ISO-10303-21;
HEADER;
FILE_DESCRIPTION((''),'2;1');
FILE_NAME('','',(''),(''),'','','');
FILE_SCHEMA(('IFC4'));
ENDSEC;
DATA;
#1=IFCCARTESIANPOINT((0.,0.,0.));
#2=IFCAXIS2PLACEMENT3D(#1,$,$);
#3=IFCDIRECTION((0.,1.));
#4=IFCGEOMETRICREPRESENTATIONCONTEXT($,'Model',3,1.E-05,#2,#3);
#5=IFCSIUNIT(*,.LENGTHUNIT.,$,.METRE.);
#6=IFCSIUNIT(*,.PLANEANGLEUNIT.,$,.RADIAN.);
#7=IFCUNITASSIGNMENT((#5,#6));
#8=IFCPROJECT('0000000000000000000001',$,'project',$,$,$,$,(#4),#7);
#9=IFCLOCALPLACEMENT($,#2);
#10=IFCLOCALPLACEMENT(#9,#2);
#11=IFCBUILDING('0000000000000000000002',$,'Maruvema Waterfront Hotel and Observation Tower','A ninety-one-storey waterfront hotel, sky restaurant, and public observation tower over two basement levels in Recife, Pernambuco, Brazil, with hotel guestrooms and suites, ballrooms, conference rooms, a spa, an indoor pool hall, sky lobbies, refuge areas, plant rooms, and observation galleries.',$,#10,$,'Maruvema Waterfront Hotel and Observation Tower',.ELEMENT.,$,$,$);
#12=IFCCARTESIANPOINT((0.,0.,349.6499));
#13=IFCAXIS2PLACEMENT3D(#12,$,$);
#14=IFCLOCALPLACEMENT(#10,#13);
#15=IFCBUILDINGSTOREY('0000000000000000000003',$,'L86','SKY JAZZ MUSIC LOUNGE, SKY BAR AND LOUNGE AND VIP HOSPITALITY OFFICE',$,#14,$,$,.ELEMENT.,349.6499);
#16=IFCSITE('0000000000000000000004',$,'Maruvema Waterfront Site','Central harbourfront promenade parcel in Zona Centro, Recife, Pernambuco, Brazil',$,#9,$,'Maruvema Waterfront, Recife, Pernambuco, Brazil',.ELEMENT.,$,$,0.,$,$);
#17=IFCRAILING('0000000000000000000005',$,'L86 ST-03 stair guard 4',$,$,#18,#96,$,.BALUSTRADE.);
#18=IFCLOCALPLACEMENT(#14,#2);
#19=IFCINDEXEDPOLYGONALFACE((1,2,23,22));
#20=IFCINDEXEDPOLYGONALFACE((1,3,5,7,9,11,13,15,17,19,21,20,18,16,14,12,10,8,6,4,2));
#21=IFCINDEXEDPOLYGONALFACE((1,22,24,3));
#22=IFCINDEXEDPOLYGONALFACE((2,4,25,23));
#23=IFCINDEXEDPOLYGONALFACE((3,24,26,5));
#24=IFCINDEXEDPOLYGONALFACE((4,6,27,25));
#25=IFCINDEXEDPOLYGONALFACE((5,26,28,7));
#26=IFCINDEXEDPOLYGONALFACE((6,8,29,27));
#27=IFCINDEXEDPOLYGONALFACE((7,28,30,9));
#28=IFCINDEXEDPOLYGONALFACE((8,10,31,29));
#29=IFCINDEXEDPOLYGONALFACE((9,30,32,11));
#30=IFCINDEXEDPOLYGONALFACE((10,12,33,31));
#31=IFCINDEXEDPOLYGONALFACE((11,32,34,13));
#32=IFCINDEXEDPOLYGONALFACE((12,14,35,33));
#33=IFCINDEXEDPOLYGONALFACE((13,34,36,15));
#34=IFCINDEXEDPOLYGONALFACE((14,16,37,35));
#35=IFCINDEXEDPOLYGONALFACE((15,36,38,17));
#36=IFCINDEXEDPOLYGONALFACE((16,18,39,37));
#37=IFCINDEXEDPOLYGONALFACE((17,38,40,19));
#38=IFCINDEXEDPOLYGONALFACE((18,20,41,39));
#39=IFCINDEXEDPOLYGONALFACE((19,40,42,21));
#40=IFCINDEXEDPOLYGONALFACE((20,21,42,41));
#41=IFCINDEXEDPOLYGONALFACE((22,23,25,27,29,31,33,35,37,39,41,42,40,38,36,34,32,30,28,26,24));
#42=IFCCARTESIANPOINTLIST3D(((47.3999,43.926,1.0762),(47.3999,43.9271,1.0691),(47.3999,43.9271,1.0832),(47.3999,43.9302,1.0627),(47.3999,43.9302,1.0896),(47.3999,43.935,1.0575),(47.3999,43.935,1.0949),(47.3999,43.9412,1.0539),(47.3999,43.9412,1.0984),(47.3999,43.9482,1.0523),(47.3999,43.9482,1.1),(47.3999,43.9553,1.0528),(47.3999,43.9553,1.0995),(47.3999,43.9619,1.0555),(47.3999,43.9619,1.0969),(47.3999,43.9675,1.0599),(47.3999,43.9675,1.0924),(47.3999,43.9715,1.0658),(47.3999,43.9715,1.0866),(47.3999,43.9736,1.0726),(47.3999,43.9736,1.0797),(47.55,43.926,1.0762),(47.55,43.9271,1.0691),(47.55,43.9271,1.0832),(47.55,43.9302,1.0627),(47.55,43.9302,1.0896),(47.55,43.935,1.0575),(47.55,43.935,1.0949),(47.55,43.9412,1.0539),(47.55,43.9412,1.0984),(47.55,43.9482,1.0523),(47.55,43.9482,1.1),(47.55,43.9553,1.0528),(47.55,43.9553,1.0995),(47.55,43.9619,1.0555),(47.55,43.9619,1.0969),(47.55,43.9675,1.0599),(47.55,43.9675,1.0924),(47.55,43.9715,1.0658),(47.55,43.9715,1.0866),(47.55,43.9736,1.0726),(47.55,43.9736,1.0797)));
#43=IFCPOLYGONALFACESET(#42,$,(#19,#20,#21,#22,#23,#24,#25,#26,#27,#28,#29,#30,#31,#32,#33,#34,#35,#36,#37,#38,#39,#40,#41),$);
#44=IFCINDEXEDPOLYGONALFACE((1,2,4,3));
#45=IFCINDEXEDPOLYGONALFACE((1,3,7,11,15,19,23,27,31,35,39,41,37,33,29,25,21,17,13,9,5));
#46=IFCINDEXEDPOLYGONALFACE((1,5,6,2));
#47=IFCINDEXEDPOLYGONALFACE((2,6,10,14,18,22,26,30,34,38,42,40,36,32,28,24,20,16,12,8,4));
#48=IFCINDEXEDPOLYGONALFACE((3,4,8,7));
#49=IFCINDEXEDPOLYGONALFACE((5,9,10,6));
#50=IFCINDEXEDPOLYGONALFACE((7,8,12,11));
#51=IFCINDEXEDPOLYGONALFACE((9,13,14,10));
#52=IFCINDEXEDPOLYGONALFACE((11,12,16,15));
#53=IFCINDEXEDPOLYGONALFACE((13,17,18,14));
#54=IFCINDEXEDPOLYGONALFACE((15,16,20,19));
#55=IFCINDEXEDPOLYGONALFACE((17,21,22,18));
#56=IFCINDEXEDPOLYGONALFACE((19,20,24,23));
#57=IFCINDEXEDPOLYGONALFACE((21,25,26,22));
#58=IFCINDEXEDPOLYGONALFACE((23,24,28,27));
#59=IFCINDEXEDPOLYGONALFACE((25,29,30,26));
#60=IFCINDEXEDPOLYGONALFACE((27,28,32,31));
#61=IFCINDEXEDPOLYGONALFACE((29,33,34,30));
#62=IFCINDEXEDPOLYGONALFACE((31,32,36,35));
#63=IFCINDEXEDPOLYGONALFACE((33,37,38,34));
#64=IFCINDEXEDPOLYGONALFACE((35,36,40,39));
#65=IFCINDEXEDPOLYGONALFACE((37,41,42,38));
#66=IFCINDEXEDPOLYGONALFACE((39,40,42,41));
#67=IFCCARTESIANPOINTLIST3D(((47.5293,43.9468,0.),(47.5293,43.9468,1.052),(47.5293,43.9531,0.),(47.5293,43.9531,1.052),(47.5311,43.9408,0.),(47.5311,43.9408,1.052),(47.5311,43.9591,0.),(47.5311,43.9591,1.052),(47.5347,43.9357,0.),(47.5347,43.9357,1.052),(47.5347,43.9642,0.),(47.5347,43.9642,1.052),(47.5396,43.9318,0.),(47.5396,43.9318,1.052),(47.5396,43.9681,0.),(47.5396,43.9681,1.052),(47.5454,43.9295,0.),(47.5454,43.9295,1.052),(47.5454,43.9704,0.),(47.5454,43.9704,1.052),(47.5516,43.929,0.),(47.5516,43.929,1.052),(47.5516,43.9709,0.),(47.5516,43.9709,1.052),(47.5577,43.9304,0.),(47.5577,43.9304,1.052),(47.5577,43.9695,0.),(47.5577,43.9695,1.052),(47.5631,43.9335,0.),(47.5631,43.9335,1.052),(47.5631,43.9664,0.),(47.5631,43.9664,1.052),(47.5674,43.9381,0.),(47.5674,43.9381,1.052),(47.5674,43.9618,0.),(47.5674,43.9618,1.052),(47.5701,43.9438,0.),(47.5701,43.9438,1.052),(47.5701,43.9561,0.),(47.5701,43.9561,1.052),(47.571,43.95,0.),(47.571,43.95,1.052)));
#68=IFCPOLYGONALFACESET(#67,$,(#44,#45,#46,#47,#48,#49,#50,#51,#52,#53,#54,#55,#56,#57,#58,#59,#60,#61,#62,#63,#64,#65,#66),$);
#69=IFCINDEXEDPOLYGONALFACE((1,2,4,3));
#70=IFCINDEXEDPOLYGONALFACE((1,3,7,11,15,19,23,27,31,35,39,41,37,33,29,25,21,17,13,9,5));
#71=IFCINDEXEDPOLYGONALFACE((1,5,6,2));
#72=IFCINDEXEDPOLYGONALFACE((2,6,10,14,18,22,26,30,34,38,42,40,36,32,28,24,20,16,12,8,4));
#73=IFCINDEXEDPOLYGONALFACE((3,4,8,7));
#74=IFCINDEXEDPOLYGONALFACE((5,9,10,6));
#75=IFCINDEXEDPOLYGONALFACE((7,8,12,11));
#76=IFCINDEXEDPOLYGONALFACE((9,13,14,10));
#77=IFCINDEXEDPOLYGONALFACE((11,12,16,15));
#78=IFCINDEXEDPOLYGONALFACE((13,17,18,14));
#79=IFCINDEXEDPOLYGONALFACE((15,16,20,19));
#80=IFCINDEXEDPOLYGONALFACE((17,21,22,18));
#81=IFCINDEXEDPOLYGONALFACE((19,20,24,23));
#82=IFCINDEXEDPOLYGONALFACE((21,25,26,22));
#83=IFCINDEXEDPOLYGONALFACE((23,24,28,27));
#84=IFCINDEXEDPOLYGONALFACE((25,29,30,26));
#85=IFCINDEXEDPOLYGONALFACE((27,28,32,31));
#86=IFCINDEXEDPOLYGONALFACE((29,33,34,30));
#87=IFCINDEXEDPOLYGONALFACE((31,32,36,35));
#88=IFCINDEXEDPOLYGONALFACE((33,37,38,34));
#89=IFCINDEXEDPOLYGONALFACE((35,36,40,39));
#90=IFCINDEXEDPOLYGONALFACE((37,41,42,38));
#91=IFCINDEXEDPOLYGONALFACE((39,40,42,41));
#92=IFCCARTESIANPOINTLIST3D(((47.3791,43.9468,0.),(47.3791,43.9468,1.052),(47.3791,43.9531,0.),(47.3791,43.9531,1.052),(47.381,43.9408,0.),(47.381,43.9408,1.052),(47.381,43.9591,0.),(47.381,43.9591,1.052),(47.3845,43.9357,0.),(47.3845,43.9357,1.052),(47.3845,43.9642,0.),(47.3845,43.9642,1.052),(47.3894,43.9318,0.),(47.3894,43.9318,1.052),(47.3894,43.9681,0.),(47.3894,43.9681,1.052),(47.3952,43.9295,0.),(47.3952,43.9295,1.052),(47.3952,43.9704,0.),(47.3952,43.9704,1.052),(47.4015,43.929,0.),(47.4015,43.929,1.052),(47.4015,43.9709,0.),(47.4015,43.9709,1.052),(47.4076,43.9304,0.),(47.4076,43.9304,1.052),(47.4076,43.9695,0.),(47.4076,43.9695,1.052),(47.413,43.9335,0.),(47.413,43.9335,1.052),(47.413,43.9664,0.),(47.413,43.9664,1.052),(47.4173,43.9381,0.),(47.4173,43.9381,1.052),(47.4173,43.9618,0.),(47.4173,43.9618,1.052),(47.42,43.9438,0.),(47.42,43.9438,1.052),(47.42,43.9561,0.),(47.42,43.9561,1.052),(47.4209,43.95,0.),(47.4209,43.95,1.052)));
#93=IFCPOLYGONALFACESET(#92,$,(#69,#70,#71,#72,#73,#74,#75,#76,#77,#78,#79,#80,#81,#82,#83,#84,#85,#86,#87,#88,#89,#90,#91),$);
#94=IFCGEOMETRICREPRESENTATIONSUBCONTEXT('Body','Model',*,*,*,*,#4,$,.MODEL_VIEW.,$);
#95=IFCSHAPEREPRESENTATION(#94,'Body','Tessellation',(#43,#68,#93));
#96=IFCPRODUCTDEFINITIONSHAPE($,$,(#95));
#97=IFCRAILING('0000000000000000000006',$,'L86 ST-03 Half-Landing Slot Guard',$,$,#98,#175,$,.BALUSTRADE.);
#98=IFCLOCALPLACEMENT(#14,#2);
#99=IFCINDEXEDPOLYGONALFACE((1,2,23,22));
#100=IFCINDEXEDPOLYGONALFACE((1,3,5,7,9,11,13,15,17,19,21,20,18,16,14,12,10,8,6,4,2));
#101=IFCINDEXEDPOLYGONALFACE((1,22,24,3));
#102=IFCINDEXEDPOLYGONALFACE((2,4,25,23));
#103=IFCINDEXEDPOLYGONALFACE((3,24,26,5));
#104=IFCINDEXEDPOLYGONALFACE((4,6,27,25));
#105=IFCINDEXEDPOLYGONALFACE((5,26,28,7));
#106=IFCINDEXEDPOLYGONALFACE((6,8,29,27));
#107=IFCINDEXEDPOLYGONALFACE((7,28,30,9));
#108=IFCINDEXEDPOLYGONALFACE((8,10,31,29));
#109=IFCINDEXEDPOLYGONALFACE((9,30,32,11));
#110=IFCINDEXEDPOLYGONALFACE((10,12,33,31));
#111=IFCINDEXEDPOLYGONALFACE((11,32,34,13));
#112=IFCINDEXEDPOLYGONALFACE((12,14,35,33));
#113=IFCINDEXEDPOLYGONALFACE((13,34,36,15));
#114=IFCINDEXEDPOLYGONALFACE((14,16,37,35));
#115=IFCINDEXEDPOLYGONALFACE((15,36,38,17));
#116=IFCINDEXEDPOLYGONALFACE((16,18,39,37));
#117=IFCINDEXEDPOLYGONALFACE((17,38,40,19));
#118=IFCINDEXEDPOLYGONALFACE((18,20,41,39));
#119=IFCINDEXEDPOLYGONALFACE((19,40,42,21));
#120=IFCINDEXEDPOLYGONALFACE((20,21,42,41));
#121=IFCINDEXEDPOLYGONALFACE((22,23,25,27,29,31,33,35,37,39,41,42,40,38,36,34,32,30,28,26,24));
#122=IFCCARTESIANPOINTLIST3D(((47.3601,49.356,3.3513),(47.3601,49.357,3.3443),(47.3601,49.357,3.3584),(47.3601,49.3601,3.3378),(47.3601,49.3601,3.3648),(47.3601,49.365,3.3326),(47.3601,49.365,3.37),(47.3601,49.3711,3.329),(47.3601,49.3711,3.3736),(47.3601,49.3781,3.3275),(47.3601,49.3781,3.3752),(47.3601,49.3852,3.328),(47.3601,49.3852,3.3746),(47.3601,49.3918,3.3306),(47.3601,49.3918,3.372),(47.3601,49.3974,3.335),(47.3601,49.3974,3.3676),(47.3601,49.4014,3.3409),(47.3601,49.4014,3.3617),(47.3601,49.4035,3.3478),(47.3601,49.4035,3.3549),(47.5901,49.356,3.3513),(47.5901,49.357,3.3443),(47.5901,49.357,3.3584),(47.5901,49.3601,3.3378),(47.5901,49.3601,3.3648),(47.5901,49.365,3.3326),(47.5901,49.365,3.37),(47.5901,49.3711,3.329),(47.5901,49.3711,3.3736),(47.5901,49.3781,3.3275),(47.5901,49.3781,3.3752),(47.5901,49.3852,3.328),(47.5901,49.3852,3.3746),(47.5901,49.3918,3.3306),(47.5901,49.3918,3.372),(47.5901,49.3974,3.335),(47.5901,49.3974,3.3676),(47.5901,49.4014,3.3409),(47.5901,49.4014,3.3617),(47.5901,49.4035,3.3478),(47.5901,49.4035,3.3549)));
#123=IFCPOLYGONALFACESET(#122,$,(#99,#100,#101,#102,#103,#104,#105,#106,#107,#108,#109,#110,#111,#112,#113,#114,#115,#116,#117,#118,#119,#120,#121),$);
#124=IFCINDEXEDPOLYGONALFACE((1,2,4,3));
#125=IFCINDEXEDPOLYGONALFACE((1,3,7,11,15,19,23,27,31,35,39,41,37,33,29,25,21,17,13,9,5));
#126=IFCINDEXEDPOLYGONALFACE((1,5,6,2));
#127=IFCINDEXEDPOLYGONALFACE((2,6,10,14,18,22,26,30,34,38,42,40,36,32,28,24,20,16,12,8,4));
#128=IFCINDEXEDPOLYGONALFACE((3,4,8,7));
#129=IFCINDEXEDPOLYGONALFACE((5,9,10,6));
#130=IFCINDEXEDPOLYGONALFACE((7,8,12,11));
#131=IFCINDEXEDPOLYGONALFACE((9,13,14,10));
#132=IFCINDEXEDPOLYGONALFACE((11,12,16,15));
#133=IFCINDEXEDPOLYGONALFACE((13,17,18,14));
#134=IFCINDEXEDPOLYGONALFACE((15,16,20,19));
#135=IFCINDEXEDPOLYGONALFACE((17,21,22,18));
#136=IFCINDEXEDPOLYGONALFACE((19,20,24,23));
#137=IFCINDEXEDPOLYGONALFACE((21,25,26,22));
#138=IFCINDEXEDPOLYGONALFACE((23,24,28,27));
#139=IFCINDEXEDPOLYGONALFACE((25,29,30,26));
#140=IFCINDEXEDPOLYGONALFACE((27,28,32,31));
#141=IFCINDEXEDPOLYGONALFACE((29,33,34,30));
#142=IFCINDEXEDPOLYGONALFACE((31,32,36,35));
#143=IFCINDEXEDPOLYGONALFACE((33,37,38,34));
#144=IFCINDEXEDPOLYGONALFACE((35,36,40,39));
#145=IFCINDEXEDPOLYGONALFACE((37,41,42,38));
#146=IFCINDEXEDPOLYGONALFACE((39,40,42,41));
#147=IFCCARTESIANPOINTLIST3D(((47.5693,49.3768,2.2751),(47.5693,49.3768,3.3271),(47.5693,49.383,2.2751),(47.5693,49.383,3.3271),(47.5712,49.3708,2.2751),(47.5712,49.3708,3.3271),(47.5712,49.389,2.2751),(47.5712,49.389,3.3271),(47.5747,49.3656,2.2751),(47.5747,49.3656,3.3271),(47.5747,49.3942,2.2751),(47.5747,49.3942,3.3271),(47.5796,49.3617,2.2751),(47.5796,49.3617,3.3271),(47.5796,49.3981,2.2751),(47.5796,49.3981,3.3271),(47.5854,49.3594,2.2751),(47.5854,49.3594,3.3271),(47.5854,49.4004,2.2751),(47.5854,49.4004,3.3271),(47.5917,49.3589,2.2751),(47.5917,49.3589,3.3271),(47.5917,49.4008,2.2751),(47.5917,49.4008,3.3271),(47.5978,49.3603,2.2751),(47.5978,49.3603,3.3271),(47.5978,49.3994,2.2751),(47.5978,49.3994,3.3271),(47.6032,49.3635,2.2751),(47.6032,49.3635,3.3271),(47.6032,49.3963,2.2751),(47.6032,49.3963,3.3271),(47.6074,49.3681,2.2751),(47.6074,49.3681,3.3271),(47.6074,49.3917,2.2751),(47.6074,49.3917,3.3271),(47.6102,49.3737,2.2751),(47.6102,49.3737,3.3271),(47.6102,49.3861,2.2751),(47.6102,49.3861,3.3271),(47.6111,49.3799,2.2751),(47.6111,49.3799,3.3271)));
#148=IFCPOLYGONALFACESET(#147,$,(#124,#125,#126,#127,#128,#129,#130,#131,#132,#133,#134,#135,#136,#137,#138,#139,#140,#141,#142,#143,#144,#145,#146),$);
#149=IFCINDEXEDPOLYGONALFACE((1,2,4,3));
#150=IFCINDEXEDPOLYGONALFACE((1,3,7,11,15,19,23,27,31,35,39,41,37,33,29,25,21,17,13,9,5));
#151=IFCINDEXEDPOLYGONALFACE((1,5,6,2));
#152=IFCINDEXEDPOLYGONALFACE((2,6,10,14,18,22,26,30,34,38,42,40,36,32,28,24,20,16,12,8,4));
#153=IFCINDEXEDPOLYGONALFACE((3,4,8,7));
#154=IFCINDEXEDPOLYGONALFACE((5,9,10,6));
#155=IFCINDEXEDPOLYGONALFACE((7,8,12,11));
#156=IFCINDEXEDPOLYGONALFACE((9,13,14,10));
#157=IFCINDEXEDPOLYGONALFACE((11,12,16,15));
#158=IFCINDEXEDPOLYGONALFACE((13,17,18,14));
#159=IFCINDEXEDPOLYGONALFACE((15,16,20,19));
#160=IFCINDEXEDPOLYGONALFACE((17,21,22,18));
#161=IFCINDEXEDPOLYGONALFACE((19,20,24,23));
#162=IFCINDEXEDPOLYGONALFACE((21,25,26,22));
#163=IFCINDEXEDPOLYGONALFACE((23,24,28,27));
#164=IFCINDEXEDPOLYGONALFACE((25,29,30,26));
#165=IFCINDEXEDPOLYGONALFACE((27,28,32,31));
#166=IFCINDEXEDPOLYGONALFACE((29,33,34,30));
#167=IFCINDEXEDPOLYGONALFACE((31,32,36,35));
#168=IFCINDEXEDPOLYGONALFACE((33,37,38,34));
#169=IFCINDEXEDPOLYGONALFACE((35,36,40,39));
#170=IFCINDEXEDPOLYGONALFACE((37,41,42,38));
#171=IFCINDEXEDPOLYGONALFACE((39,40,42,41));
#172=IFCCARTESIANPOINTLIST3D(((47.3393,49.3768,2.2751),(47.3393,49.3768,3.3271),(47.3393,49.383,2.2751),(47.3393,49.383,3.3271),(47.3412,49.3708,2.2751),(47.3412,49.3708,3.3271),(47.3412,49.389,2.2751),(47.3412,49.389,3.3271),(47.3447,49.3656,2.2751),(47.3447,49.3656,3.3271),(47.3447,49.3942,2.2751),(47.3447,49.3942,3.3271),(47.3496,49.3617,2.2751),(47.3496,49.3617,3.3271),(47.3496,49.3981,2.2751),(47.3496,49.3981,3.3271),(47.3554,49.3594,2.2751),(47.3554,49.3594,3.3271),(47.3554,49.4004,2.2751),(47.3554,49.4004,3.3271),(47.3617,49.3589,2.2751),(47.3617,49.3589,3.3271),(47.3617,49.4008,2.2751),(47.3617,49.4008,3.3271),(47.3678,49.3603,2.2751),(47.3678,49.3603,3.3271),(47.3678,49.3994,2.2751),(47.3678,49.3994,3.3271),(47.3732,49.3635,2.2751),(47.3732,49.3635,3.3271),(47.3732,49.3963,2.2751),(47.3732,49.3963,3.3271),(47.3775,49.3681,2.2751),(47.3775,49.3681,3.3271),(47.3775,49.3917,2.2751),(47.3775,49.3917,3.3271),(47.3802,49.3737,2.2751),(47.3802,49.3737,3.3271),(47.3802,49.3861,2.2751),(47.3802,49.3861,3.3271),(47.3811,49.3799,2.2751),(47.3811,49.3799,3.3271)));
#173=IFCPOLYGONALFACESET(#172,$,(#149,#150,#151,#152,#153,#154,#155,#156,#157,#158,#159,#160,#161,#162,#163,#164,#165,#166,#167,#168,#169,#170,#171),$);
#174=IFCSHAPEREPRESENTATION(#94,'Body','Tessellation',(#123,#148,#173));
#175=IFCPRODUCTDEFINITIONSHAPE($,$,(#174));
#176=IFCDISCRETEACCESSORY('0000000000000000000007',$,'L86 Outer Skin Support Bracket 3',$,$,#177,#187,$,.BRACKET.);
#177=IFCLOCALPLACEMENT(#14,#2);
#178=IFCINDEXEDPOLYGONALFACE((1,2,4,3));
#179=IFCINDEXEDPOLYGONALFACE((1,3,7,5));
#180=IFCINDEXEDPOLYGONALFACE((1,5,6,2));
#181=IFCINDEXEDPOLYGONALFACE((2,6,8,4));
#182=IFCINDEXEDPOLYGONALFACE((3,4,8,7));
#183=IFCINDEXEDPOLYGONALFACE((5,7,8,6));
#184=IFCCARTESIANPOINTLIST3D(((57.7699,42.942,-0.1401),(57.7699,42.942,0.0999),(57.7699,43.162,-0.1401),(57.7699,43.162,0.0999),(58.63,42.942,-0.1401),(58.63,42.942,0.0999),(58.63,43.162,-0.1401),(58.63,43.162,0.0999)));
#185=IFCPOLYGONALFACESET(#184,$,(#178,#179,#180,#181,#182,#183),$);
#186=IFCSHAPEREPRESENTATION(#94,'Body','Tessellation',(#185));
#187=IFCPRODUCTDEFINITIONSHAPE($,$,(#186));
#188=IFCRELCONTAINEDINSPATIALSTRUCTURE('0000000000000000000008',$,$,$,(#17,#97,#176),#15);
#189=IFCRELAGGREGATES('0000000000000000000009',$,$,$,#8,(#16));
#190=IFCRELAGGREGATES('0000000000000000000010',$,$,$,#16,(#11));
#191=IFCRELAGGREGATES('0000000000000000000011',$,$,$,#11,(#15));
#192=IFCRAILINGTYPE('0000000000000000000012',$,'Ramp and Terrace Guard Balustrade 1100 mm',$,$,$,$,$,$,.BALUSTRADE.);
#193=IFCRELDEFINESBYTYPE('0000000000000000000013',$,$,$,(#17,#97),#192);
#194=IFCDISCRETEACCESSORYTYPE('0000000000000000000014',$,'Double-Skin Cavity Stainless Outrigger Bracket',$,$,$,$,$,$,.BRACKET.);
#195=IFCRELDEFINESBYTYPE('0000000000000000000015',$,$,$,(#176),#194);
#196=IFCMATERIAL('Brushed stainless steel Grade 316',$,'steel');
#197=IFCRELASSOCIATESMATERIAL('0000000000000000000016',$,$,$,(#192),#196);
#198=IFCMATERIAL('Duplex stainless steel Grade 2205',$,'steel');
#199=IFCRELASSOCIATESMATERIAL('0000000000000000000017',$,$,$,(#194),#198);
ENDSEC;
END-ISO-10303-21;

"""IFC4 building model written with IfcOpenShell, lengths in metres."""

from ifc_helpers import new_model, si_unit, direction, frame, origin, origin_2d, place, context, subcontext, project, spatial, rectangle, circle, extrude, material, type_object, element, save


model = new_model("IFC4")

# Units and contexts
model_context = context("Model", 3, precision=1e-05, world=origin(), true_north=direction((0.0, 1.0)))
body_context = subcontext(model_context, "Body", "Model", "MODEL_VIEW")
ifc_project = project(units=[si_unit("LENGTHUNIT", "METRE"), si_unit("PLANEANGLEUNIT", "RADIAN")], contexts=[model_context])

# Site, building, storey
site_placement = place(None, origin())
site = spatial("IfcSite", under=ifc_project, at=site_placement, Name="Maruvema Waterfront Site", Description="Central harbourfront promenade parcel in Zona Centro, Recife, Pernambuco, Brazil", LongName="Maruvema Waterfront, Recife, Pernambuco, Brazil", CompositionType="ELEMENT", RefElevation=0.0)
building_placement = place(site_placement, origin())
building = spatial("IfcBuilding", under=site, at=building_placement, Name="Maruvema Waterfront Hotel and Observation Tower", Description="A ninety-one-storey waterfront hotel, sky restaurant, and public observation tower over two basement levels in Recife, Pernambuco, Brazil, with hotel guestrooms and suites, ballrooms, conference rooms, a spa, an indoor pool hall, sky lobbies, refuge areas, plant rooms, and observation galleries.", LongName="Maruvema Waterfront Hotel and Observation Tower", CompositionType="ELEMENT")
storey_placement = place(building_placement, frame((0.0, 0.0, 349.6499)))
storey = spatial("IfcBuildingStorey", under=building, at=storey_placement, Name="L86", Description="SKY JAZZ MUSIC LOUNGE, SKY BAR AND LOUNGE AND VIP HOSPITALITY OFFICE", CompositionType="ELEMENT", Elevation=349.6499)

# Railings
ifc_material_1 = material(Name="Brushed stainless steel Grade 316", Category="steel")
railing_type_1 = type_object("IfcRailingType", Name="Ramp and Terrace Guard Balustrade 1100 mm", PredefinedType="BALUSTRADE", material=ifc_material_1)
railing_1_placement = place(storey_placement, frame((47.55, 43.95, 0.0)))
element("IfcRailing", 1, at=railing_1_placement, inside=storey, type_object=railing_type_1, Name="L86 ST-03 stair guard 4", PredefinedType="BALUSTRADE", context=body_context, shape_type="SweptSolid", body=[
    extrude(circle(Radius=0.0239, at=origin_2d()), frame((0.0, 0.0, 1.0762), z_axis=(-1.0, 0.0, 0.0), x_axis=(0.0, -1.0, 0.0)), (0.0, 0.0, 1.0), 0.1501),
    extrude(circle(Radius=0.021, at=origin_2d()), origin(), (0.0, 0.0, 1.0), 1.052),
    extrude(circle(Radius=0.021, at=origin_2d()), frame((-0.1501, 0.0, 0.0)), (0.0, 0.0, 1.0), 1.052),
])
railing_2_placement = place(storey_placement, frame((47.5901, 49.3799, 2.2751)))
element("IfcRailing", 2, at=railing_2_placement, inside=storey, type_object=railing_type_1, Name="L86 ST-03 Half-Landing Slot Guard", PredefinedType="BALUSTRADE", context=body_context, shape_type="SweptSolid", body=[
    extrude(circle(Radius=0.0239, at=origin_2d()), frame((0.0, 0.0, 1.0762), z_axis=(-1.0, 0.0, 0.0), x_axis=(0.0, -1.0, 0.0)), (0.0, 0.0, 1.0), 0.23),
    extrude(circle(Radius=0.021, at=origin_2d()), origin(), (0.0, 0.0, 1.0), 1.052),
    extrude(circle(Radius=0.021, at=origin_2d()), frame((-0.23, 0.0, 0.0)), (0.0, 0.0, 1.0), 1.052),
])

# Discrete accessory
ifc_material_2 = material(Name="Duplex stainless steel Grade 2205", Category="steel")
discrete_accessory_type = type_object("IfcDiscreteAccessoryType", Name="Double-Skin Cavity Stainless Outrigger Bracket", PredefinedType="BRACKET", material=ifc_material_2)
discrete_accessory_placement = place(storey_placement, frame((58.2, 43.052, -0.1401), z_axis=(0.0, 0.0, 1.0), x_axis=(0.0, 1.0, 0.0)))
element("IfcDiscreteAccessory", 3, at=discrete_accessory_placement, inside=storey, type_object=discrete_accessory_type, Name="L86 Outer Skin Support Bracket 3", PredefinedType="BRACKET", context=body_context, shape_type="SweptSolid", body=[
    extrude(rectangle(XDim=0.22, YDim=0.8601, at=origin_2d()), origin(), (0.0, 0.0, 1.0), 0.24),
])

save(model, "model.ifc")
